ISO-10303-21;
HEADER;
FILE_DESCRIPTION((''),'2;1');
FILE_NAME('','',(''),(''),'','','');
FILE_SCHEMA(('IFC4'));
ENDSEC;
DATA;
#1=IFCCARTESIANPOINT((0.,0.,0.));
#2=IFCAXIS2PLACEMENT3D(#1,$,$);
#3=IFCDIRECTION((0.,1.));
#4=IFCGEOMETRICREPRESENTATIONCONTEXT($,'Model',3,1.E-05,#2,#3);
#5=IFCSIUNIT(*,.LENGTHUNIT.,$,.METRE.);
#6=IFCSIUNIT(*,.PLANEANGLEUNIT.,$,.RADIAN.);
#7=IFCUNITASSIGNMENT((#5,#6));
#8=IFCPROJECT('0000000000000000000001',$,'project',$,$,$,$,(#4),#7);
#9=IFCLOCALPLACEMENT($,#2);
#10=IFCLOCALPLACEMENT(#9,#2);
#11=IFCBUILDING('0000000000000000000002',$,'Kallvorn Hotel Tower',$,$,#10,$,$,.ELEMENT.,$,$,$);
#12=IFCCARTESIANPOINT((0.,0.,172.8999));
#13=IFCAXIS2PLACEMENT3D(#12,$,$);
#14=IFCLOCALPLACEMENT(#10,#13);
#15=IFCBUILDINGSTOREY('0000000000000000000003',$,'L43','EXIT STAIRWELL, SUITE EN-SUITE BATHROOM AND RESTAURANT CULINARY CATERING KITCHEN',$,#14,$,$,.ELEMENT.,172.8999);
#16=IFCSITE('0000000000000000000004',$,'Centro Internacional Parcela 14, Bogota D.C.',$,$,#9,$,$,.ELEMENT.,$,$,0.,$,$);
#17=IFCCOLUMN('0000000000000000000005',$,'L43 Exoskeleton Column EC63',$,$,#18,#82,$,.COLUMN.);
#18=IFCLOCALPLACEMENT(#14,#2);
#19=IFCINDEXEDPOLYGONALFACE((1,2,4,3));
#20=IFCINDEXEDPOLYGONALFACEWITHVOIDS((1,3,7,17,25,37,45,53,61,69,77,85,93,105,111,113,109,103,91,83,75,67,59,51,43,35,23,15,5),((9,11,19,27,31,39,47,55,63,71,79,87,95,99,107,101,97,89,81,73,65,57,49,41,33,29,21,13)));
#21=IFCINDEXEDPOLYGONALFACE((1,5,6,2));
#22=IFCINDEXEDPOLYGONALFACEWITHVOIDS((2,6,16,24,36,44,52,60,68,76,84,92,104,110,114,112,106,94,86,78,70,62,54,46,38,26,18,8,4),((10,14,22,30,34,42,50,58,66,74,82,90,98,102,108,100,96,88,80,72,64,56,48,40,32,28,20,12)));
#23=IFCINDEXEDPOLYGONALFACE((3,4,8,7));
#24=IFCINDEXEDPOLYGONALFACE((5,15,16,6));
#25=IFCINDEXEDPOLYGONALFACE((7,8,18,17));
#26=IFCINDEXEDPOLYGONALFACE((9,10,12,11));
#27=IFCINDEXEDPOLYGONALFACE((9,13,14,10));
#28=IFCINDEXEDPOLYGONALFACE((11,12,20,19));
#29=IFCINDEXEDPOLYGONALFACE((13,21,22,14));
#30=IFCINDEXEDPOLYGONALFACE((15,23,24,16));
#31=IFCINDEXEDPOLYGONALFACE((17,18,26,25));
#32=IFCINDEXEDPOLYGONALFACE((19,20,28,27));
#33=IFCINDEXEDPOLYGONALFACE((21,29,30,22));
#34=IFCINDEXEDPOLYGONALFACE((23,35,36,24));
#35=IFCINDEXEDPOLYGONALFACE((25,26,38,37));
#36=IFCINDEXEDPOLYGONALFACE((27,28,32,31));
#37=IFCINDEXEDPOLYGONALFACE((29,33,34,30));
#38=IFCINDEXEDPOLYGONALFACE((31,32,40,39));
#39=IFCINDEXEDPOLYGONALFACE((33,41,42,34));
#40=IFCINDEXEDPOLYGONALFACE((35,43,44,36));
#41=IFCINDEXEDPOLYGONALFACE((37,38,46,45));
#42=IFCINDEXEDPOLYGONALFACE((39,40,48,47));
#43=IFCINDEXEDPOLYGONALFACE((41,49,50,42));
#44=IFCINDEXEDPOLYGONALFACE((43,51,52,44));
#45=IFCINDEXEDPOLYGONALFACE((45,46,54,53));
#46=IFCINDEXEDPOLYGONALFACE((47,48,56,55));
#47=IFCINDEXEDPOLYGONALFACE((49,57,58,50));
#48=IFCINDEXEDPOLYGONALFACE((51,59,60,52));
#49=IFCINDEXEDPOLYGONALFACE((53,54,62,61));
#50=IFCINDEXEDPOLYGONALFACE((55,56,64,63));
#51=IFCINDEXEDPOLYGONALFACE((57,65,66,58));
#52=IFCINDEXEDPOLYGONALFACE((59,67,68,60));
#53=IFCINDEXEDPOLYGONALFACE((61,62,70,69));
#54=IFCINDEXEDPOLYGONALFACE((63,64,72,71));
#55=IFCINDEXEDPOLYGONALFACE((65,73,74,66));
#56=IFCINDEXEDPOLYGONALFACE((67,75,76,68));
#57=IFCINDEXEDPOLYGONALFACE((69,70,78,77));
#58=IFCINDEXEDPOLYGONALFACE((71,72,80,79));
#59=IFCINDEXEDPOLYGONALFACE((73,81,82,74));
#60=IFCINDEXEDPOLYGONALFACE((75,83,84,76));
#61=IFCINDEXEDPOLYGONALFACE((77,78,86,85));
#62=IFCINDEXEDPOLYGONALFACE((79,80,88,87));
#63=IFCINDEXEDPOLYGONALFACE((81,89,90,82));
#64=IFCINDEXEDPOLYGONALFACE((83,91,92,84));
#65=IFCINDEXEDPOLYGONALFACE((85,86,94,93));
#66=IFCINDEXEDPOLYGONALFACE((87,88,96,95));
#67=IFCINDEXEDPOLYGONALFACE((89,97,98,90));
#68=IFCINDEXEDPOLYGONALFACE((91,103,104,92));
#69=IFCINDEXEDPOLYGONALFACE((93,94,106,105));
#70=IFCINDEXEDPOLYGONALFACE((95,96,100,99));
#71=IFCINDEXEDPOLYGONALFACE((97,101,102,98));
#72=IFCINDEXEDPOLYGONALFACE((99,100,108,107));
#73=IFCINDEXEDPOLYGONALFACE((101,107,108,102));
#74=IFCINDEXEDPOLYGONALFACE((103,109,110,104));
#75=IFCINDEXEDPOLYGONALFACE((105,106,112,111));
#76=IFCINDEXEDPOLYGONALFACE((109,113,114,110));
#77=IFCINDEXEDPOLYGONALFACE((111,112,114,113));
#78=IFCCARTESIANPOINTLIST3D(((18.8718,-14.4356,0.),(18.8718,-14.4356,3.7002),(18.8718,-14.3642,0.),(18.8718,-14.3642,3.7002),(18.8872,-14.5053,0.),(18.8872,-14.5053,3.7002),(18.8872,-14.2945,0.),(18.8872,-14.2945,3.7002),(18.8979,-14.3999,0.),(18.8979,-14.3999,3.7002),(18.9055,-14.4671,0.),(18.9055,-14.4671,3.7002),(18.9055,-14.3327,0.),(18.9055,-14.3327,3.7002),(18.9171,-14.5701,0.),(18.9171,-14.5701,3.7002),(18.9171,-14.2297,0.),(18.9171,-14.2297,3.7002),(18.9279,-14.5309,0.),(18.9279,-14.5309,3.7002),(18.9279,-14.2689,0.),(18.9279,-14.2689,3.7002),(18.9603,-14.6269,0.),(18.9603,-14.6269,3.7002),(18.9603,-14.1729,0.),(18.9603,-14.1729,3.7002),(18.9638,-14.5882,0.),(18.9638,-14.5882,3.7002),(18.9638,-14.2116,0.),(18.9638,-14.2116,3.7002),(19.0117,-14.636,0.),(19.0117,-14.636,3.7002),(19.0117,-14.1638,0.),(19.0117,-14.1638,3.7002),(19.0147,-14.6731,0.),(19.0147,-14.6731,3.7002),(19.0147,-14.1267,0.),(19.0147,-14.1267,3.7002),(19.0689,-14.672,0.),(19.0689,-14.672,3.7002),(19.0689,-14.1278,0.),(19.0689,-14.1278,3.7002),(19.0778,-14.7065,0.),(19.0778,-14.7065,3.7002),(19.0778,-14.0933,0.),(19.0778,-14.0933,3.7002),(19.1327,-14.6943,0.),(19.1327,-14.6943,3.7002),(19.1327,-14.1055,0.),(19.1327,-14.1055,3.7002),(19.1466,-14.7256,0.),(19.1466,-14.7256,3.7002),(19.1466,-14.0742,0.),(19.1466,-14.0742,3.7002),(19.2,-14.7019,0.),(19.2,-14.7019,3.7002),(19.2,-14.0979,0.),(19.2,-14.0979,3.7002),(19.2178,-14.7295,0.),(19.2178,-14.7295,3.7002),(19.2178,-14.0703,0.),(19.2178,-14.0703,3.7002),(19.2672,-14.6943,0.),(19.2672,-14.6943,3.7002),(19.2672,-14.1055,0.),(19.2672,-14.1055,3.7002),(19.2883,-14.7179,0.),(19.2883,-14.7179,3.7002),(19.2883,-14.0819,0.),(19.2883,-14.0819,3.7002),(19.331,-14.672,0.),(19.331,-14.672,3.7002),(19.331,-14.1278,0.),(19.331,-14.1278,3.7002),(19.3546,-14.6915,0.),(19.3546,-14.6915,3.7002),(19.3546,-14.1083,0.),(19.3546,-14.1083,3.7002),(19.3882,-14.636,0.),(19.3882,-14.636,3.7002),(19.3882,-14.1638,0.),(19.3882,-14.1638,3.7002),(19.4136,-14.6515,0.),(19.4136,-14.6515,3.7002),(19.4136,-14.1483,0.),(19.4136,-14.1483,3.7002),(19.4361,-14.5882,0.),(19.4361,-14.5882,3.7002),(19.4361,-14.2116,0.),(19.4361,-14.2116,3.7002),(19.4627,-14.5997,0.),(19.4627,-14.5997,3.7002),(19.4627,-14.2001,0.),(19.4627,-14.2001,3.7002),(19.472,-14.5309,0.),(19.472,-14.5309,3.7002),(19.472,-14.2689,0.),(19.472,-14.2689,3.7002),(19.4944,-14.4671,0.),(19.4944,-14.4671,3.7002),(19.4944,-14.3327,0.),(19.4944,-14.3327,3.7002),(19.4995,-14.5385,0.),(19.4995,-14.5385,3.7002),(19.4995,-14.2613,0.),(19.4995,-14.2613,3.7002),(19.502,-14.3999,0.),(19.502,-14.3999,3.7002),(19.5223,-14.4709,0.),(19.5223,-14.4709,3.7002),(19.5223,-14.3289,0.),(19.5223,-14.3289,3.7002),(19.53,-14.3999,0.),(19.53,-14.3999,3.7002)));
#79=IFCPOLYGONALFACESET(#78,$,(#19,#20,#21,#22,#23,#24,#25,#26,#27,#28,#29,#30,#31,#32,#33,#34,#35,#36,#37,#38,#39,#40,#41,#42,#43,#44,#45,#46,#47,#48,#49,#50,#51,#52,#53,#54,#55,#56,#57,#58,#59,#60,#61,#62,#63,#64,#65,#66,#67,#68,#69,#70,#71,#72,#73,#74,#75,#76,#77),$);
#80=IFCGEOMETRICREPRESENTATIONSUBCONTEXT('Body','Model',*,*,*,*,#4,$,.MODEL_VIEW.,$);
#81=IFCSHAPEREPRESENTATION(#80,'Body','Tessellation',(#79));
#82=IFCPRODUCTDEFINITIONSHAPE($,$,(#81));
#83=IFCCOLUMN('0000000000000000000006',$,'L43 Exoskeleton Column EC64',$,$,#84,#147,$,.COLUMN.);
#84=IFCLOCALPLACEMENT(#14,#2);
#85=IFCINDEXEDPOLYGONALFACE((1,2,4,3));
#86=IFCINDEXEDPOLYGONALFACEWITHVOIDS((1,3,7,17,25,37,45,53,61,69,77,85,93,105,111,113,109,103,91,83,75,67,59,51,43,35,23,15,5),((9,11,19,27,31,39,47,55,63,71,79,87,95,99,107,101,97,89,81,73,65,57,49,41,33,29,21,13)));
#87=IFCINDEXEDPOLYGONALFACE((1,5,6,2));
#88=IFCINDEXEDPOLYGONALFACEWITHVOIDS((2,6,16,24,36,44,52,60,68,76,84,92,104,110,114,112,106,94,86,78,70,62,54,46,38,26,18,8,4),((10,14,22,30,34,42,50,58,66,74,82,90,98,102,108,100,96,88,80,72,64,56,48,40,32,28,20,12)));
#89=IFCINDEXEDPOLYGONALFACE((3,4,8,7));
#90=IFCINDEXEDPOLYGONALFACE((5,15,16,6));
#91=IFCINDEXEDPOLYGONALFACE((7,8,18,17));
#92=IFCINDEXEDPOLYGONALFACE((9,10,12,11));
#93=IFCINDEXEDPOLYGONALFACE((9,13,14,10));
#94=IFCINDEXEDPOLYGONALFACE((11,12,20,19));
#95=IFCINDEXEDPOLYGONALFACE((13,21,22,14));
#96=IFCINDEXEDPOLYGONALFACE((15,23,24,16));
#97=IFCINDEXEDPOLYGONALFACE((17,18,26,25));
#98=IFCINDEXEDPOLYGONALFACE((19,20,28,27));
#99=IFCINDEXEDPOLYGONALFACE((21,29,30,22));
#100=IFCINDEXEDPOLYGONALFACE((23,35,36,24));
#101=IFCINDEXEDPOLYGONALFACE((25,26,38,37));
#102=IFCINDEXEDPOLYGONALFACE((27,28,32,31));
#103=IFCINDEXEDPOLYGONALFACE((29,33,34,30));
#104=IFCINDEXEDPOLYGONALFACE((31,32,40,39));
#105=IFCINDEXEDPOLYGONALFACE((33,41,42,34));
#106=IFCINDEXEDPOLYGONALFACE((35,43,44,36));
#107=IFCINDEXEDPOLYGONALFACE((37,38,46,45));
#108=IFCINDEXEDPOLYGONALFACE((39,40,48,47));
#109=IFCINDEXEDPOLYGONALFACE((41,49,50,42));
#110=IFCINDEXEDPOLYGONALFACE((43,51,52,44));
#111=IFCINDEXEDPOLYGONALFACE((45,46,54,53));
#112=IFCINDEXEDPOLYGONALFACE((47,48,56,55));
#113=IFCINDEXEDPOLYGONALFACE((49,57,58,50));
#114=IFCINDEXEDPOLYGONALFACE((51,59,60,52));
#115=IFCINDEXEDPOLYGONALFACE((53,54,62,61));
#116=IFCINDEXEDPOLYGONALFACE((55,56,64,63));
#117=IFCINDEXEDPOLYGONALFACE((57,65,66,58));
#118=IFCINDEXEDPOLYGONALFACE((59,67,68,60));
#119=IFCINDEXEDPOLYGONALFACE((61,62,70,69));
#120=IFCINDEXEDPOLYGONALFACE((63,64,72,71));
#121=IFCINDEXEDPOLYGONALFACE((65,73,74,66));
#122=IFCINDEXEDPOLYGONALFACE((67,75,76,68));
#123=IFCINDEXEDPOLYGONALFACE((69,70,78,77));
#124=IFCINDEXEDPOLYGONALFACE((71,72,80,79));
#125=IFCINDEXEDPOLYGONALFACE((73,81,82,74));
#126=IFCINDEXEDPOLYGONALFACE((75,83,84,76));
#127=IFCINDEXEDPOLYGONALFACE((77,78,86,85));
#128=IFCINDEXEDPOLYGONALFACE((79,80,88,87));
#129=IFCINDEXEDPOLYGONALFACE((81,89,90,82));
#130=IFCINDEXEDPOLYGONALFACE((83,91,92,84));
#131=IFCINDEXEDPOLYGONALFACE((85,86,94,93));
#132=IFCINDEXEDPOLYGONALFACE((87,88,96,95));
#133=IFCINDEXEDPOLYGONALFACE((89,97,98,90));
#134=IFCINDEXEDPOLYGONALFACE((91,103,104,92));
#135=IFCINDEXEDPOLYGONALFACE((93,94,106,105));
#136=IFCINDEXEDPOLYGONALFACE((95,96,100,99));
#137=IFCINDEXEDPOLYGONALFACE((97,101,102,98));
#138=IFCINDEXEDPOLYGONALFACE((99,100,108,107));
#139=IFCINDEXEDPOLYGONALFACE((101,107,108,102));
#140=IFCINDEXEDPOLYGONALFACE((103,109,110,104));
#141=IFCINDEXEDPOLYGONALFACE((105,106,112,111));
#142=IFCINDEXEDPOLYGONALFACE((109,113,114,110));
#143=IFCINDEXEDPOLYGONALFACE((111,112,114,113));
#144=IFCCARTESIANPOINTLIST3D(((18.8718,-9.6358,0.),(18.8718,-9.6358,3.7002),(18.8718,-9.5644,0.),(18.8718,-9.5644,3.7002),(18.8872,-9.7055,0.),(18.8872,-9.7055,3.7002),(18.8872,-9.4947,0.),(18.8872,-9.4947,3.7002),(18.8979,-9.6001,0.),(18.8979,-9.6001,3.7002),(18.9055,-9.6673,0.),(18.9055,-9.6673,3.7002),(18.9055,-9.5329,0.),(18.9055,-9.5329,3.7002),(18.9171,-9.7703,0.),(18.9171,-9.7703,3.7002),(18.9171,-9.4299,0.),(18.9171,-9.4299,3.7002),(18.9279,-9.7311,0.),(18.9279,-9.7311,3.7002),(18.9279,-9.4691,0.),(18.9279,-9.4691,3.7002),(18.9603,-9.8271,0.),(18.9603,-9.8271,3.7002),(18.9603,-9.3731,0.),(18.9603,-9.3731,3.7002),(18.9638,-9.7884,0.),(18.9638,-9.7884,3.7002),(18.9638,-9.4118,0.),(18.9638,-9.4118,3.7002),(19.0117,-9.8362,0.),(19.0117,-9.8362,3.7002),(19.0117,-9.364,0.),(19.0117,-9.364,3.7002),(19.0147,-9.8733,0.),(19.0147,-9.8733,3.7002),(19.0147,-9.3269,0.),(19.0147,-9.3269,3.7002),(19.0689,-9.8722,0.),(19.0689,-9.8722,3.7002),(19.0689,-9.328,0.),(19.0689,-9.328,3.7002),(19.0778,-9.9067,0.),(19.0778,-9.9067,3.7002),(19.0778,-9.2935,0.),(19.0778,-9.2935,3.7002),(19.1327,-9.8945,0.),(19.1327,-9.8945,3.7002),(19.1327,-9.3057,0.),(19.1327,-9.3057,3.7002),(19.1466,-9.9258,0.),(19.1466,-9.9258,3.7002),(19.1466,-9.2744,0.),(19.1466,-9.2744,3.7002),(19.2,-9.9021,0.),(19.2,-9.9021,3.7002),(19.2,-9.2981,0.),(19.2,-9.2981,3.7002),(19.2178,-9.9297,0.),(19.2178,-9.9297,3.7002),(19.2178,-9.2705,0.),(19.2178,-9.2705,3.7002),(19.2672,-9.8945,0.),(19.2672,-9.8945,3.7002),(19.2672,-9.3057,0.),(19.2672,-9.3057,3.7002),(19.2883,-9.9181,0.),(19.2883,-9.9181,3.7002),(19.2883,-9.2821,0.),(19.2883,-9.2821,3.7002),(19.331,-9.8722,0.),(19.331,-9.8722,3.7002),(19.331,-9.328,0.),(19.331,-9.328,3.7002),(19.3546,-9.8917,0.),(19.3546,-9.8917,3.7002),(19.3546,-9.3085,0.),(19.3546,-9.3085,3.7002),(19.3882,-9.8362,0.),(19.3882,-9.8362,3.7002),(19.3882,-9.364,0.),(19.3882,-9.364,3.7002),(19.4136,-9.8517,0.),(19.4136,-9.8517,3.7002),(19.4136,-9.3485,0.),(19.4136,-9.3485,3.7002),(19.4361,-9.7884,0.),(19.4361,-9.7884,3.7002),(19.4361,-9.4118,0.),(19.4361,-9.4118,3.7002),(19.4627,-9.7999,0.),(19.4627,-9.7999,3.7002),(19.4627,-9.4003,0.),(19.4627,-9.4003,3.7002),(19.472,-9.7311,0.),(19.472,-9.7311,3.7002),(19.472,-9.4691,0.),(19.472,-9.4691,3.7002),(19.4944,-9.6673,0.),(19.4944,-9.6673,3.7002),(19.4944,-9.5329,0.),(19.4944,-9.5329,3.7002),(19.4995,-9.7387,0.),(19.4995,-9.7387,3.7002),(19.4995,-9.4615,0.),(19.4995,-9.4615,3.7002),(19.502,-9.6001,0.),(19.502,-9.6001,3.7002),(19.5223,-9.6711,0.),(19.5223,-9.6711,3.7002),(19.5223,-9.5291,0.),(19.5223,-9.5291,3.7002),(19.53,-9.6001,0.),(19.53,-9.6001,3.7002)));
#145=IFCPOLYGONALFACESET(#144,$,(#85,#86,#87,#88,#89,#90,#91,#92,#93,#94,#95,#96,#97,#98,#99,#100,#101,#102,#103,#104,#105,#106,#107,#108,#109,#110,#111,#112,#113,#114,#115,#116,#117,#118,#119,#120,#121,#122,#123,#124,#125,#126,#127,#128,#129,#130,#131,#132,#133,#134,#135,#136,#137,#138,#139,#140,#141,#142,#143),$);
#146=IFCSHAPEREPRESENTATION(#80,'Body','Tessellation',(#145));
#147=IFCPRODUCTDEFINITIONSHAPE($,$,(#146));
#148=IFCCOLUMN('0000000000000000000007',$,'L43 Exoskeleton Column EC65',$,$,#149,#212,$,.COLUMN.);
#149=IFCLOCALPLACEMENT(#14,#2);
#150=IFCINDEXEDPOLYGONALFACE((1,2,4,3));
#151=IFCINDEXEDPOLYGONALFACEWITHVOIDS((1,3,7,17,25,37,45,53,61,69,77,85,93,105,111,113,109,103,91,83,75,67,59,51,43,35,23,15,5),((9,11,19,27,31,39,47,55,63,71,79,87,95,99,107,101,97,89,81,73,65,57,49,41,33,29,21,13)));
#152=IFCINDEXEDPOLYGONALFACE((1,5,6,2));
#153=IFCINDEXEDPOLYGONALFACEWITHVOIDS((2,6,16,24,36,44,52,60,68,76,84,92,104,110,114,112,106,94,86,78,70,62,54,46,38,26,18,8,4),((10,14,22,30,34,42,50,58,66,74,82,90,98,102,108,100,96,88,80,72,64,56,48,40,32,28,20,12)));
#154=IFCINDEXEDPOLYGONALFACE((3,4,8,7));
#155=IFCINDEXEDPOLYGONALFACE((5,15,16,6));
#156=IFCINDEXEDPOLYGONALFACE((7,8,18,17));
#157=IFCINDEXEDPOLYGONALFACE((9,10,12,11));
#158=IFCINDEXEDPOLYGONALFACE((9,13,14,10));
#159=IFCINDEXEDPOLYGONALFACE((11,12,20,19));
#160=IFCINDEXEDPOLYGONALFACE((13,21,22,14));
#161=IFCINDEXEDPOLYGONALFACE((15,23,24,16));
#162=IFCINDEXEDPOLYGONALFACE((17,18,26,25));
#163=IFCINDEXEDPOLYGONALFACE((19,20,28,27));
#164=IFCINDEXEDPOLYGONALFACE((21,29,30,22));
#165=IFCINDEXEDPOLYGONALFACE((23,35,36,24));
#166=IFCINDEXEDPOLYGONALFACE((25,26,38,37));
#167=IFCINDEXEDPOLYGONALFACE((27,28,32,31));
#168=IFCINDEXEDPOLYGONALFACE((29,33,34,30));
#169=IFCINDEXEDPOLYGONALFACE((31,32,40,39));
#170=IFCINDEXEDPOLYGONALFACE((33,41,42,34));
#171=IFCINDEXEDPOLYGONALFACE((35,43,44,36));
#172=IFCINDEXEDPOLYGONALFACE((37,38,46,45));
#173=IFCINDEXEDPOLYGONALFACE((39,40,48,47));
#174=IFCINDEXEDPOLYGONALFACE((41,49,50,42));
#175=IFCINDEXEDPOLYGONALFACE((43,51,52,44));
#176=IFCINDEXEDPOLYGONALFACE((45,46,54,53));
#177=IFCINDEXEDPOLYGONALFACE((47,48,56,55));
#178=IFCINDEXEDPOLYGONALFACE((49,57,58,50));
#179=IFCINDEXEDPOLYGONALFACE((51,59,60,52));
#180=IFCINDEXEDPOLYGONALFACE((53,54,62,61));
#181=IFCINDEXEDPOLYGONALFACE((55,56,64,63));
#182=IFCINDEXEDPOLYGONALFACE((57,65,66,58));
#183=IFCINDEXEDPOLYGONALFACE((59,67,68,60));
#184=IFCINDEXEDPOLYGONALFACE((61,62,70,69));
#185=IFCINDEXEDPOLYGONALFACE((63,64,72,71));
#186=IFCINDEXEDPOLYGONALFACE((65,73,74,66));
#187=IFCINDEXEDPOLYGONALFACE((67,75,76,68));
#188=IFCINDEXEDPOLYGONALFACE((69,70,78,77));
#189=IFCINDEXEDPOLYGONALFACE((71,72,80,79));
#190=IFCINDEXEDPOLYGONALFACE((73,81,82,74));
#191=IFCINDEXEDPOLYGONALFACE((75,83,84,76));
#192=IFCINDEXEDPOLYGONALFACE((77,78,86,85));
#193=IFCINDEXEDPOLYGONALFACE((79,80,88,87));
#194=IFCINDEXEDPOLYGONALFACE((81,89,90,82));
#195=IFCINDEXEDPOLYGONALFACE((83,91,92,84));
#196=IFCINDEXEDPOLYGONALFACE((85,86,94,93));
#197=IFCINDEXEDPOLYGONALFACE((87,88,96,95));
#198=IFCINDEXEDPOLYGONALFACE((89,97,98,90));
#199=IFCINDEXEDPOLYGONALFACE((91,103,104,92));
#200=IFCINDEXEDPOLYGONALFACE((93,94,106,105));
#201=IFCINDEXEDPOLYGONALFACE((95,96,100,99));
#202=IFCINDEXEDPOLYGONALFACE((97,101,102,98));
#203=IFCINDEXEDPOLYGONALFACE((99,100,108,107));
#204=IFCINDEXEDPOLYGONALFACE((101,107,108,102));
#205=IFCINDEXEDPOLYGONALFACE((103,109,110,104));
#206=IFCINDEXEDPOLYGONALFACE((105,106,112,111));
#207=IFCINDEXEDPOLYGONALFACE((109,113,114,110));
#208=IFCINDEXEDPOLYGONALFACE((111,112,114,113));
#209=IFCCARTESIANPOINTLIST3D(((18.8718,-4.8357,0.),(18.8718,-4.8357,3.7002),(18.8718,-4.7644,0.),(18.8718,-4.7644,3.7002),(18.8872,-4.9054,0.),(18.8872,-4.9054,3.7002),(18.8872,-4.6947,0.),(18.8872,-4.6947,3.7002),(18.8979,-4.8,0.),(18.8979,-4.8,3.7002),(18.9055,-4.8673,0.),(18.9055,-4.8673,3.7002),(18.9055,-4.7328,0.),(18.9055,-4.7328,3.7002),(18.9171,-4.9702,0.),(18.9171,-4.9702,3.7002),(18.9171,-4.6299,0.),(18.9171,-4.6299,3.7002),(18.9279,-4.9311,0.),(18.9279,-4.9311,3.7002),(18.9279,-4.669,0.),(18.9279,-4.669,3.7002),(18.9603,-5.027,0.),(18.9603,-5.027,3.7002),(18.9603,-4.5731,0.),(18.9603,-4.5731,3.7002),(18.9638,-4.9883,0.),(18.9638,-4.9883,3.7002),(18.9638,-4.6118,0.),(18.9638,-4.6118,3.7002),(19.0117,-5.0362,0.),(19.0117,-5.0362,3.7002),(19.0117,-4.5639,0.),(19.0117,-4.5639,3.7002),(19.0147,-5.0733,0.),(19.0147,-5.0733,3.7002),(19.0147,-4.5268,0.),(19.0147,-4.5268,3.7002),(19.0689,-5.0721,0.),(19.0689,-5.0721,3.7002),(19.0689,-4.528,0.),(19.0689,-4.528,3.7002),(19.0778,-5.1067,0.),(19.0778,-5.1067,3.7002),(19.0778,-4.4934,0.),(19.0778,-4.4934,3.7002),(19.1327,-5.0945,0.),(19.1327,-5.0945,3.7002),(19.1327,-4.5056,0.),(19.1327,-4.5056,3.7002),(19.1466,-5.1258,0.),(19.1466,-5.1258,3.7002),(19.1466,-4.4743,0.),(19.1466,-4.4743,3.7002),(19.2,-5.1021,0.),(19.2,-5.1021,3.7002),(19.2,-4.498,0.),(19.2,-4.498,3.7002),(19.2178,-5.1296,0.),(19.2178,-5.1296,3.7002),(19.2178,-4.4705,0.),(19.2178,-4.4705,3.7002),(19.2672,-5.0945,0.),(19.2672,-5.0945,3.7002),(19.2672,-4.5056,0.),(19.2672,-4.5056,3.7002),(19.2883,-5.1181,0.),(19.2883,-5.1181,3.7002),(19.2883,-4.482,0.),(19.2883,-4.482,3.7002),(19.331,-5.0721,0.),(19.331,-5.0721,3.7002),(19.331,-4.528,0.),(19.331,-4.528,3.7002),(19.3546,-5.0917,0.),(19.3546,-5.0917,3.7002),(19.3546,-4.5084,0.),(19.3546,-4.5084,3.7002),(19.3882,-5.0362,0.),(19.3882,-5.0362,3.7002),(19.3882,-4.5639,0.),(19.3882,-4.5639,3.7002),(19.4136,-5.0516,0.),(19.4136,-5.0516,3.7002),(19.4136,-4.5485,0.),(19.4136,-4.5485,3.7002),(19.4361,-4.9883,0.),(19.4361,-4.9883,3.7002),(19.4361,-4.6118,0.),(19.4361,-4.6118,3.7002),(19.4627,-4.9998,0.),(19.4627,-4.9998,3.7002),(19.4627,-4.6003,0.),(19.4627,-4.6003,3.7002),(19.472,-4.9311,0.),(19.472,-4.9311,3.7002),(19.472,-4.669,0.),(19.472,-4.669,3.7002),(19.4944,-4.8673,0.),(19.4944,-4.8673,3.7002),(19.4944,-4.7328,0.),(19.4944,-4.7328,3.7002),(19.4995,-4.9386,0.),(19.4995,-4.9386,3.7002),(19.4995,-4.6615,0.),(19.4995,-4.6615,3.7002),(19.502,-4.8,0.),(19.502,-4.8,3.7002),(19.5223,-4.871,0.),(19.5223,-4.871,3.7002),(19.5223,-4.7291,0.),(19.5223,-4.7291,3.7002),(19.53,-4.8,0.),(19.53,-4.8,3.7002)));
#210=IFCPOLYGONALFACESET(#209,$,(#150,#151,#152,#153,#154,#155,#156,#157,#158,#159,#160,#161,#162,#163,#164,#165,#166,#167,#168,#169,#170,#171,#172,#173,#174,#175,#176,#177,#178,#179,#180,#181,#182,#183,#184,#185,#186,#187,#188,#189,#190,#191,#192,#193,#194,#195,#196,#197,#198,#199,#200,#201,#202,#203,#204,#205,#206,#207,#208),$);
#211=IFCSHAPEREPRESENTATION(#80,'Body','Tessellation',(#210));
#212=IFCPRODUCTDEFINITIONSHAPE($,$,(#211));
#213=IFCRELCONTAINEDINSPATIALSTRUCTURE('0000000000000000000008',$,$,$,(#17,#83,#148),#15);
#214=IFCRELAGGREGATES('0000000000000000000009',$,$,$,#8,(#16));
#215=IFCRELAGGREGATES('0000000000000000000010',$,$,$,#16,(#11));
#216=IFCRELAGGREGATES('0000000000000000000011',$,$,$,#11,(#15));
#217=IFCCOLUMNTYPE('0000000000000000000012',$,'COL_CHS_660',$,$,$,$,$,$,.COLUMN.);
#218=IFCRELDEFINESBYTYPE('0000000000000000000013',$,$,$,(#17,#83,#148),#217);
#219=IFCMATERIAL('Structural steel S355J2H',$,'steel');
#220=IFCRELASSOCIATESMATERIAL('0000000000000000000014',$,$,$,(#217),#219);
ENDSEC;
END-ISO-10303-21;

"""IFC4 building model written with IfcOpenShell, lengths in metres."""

from ifc_helpers import new_model, si_unit, direction, frame, origin, origin_2d, place, context, subcontext, project, spatial, hollow_circle, extrude, material, material_profile, profile_set, type_object, element, save


model = new_model("IFC4")

# Units and contexts
model_context = context("Model", 3, precision=1e-05, world=origin(), true_north=direction((0.0, 1.0)))
body_context = subcontext(model_context, "Body", "Model", "MODEL_VIEW")
ifc_project = project(units=[si_unit("LENGTHUNIT", "METRE"), si_unit("PLANEANGLEUNIT", "RADIAN")], contexts=[model_context])

# Site, building, storey
site_placement = place(None, origin())
site = spatial("IfcSite", under=ifc_project, at=site_placement, Name="Centro Internacional Parcela 14, Bogota D.C.", CompositionType="ELEMENT", RefElevation=0.0)
building_placement = place(site_placement, origin())
building = spatial("IfcBuilding", under=site, at=building_placement, Name="Kallvorn Hotel Tower", CompositionType="ELEMENT")
storey_placement = place(building_placement, frame((0.0, 0.0, 172.8999)))
storey = spatial("IfcBuildingStorey", under=building, at=storey_placement, Name="L43", Description="EXIT STAIRWELL, SUITE EN-SUITE BATHROOM AND RESTAURANT CULINARY CATERING KITCHEN", CompositionType="ELEMENT", Elevation=172.8999)

# Columns
ifc_material_1 = material(Name="Structural steel S355J2H", Category="steel")
ifc_material_profile_1 = material_profile(ifc_material_1, hollow_circle(Radius=0.3301, WallThickness=0.0281, at=origin_2d()), Name="CHS 660x28")
ifc_profile_set_1 = profile_set([ifc_material_profile_1], Name="Structural steel S355J2H")
column_type_1 = type_object("IfcColumnType", Name="COL_CHS_660", PredefinedType="COLUMN", material=ifc_profile_set_1)
for number, where, z_axis, x_axis, name in (
    (1, (19.2, -14.3999, 0.0), (0.0, 0.0, 1.0), (1.0, 0.0, 0.0), "L43 Exoskeleton Column EC63"),
    (2, (19.2, -9.6001, 0.0), (0.0, 0.0, 1.0), (1.0, 0.0, 0.0), "L43 Exoskeleton Column EC64"),
    (3, (19.2, -4.8, 0.0), (0.0, 0.0, 1.0), (1.0, 0.0, 0.0), "L43 Exoskeleton Column EC65"),
):
    element("IfcColumn", number, at=place(storey_placement, frame(where, z_axis=z_axis, x_axis=x_axis)), inside=storey, type_object=column_type_1, Name=name, PredefinedType="COLUMN", context=body_context, shape_type="SweptSolid", body=[
        extrude(hollow_circle(Radius=0.3301, WallThickness=0.0281, at=origin_2d()), origin(), (0.0, 0.0, 1.0), 3.7002),
    ])

save(model, "model.ifc")
